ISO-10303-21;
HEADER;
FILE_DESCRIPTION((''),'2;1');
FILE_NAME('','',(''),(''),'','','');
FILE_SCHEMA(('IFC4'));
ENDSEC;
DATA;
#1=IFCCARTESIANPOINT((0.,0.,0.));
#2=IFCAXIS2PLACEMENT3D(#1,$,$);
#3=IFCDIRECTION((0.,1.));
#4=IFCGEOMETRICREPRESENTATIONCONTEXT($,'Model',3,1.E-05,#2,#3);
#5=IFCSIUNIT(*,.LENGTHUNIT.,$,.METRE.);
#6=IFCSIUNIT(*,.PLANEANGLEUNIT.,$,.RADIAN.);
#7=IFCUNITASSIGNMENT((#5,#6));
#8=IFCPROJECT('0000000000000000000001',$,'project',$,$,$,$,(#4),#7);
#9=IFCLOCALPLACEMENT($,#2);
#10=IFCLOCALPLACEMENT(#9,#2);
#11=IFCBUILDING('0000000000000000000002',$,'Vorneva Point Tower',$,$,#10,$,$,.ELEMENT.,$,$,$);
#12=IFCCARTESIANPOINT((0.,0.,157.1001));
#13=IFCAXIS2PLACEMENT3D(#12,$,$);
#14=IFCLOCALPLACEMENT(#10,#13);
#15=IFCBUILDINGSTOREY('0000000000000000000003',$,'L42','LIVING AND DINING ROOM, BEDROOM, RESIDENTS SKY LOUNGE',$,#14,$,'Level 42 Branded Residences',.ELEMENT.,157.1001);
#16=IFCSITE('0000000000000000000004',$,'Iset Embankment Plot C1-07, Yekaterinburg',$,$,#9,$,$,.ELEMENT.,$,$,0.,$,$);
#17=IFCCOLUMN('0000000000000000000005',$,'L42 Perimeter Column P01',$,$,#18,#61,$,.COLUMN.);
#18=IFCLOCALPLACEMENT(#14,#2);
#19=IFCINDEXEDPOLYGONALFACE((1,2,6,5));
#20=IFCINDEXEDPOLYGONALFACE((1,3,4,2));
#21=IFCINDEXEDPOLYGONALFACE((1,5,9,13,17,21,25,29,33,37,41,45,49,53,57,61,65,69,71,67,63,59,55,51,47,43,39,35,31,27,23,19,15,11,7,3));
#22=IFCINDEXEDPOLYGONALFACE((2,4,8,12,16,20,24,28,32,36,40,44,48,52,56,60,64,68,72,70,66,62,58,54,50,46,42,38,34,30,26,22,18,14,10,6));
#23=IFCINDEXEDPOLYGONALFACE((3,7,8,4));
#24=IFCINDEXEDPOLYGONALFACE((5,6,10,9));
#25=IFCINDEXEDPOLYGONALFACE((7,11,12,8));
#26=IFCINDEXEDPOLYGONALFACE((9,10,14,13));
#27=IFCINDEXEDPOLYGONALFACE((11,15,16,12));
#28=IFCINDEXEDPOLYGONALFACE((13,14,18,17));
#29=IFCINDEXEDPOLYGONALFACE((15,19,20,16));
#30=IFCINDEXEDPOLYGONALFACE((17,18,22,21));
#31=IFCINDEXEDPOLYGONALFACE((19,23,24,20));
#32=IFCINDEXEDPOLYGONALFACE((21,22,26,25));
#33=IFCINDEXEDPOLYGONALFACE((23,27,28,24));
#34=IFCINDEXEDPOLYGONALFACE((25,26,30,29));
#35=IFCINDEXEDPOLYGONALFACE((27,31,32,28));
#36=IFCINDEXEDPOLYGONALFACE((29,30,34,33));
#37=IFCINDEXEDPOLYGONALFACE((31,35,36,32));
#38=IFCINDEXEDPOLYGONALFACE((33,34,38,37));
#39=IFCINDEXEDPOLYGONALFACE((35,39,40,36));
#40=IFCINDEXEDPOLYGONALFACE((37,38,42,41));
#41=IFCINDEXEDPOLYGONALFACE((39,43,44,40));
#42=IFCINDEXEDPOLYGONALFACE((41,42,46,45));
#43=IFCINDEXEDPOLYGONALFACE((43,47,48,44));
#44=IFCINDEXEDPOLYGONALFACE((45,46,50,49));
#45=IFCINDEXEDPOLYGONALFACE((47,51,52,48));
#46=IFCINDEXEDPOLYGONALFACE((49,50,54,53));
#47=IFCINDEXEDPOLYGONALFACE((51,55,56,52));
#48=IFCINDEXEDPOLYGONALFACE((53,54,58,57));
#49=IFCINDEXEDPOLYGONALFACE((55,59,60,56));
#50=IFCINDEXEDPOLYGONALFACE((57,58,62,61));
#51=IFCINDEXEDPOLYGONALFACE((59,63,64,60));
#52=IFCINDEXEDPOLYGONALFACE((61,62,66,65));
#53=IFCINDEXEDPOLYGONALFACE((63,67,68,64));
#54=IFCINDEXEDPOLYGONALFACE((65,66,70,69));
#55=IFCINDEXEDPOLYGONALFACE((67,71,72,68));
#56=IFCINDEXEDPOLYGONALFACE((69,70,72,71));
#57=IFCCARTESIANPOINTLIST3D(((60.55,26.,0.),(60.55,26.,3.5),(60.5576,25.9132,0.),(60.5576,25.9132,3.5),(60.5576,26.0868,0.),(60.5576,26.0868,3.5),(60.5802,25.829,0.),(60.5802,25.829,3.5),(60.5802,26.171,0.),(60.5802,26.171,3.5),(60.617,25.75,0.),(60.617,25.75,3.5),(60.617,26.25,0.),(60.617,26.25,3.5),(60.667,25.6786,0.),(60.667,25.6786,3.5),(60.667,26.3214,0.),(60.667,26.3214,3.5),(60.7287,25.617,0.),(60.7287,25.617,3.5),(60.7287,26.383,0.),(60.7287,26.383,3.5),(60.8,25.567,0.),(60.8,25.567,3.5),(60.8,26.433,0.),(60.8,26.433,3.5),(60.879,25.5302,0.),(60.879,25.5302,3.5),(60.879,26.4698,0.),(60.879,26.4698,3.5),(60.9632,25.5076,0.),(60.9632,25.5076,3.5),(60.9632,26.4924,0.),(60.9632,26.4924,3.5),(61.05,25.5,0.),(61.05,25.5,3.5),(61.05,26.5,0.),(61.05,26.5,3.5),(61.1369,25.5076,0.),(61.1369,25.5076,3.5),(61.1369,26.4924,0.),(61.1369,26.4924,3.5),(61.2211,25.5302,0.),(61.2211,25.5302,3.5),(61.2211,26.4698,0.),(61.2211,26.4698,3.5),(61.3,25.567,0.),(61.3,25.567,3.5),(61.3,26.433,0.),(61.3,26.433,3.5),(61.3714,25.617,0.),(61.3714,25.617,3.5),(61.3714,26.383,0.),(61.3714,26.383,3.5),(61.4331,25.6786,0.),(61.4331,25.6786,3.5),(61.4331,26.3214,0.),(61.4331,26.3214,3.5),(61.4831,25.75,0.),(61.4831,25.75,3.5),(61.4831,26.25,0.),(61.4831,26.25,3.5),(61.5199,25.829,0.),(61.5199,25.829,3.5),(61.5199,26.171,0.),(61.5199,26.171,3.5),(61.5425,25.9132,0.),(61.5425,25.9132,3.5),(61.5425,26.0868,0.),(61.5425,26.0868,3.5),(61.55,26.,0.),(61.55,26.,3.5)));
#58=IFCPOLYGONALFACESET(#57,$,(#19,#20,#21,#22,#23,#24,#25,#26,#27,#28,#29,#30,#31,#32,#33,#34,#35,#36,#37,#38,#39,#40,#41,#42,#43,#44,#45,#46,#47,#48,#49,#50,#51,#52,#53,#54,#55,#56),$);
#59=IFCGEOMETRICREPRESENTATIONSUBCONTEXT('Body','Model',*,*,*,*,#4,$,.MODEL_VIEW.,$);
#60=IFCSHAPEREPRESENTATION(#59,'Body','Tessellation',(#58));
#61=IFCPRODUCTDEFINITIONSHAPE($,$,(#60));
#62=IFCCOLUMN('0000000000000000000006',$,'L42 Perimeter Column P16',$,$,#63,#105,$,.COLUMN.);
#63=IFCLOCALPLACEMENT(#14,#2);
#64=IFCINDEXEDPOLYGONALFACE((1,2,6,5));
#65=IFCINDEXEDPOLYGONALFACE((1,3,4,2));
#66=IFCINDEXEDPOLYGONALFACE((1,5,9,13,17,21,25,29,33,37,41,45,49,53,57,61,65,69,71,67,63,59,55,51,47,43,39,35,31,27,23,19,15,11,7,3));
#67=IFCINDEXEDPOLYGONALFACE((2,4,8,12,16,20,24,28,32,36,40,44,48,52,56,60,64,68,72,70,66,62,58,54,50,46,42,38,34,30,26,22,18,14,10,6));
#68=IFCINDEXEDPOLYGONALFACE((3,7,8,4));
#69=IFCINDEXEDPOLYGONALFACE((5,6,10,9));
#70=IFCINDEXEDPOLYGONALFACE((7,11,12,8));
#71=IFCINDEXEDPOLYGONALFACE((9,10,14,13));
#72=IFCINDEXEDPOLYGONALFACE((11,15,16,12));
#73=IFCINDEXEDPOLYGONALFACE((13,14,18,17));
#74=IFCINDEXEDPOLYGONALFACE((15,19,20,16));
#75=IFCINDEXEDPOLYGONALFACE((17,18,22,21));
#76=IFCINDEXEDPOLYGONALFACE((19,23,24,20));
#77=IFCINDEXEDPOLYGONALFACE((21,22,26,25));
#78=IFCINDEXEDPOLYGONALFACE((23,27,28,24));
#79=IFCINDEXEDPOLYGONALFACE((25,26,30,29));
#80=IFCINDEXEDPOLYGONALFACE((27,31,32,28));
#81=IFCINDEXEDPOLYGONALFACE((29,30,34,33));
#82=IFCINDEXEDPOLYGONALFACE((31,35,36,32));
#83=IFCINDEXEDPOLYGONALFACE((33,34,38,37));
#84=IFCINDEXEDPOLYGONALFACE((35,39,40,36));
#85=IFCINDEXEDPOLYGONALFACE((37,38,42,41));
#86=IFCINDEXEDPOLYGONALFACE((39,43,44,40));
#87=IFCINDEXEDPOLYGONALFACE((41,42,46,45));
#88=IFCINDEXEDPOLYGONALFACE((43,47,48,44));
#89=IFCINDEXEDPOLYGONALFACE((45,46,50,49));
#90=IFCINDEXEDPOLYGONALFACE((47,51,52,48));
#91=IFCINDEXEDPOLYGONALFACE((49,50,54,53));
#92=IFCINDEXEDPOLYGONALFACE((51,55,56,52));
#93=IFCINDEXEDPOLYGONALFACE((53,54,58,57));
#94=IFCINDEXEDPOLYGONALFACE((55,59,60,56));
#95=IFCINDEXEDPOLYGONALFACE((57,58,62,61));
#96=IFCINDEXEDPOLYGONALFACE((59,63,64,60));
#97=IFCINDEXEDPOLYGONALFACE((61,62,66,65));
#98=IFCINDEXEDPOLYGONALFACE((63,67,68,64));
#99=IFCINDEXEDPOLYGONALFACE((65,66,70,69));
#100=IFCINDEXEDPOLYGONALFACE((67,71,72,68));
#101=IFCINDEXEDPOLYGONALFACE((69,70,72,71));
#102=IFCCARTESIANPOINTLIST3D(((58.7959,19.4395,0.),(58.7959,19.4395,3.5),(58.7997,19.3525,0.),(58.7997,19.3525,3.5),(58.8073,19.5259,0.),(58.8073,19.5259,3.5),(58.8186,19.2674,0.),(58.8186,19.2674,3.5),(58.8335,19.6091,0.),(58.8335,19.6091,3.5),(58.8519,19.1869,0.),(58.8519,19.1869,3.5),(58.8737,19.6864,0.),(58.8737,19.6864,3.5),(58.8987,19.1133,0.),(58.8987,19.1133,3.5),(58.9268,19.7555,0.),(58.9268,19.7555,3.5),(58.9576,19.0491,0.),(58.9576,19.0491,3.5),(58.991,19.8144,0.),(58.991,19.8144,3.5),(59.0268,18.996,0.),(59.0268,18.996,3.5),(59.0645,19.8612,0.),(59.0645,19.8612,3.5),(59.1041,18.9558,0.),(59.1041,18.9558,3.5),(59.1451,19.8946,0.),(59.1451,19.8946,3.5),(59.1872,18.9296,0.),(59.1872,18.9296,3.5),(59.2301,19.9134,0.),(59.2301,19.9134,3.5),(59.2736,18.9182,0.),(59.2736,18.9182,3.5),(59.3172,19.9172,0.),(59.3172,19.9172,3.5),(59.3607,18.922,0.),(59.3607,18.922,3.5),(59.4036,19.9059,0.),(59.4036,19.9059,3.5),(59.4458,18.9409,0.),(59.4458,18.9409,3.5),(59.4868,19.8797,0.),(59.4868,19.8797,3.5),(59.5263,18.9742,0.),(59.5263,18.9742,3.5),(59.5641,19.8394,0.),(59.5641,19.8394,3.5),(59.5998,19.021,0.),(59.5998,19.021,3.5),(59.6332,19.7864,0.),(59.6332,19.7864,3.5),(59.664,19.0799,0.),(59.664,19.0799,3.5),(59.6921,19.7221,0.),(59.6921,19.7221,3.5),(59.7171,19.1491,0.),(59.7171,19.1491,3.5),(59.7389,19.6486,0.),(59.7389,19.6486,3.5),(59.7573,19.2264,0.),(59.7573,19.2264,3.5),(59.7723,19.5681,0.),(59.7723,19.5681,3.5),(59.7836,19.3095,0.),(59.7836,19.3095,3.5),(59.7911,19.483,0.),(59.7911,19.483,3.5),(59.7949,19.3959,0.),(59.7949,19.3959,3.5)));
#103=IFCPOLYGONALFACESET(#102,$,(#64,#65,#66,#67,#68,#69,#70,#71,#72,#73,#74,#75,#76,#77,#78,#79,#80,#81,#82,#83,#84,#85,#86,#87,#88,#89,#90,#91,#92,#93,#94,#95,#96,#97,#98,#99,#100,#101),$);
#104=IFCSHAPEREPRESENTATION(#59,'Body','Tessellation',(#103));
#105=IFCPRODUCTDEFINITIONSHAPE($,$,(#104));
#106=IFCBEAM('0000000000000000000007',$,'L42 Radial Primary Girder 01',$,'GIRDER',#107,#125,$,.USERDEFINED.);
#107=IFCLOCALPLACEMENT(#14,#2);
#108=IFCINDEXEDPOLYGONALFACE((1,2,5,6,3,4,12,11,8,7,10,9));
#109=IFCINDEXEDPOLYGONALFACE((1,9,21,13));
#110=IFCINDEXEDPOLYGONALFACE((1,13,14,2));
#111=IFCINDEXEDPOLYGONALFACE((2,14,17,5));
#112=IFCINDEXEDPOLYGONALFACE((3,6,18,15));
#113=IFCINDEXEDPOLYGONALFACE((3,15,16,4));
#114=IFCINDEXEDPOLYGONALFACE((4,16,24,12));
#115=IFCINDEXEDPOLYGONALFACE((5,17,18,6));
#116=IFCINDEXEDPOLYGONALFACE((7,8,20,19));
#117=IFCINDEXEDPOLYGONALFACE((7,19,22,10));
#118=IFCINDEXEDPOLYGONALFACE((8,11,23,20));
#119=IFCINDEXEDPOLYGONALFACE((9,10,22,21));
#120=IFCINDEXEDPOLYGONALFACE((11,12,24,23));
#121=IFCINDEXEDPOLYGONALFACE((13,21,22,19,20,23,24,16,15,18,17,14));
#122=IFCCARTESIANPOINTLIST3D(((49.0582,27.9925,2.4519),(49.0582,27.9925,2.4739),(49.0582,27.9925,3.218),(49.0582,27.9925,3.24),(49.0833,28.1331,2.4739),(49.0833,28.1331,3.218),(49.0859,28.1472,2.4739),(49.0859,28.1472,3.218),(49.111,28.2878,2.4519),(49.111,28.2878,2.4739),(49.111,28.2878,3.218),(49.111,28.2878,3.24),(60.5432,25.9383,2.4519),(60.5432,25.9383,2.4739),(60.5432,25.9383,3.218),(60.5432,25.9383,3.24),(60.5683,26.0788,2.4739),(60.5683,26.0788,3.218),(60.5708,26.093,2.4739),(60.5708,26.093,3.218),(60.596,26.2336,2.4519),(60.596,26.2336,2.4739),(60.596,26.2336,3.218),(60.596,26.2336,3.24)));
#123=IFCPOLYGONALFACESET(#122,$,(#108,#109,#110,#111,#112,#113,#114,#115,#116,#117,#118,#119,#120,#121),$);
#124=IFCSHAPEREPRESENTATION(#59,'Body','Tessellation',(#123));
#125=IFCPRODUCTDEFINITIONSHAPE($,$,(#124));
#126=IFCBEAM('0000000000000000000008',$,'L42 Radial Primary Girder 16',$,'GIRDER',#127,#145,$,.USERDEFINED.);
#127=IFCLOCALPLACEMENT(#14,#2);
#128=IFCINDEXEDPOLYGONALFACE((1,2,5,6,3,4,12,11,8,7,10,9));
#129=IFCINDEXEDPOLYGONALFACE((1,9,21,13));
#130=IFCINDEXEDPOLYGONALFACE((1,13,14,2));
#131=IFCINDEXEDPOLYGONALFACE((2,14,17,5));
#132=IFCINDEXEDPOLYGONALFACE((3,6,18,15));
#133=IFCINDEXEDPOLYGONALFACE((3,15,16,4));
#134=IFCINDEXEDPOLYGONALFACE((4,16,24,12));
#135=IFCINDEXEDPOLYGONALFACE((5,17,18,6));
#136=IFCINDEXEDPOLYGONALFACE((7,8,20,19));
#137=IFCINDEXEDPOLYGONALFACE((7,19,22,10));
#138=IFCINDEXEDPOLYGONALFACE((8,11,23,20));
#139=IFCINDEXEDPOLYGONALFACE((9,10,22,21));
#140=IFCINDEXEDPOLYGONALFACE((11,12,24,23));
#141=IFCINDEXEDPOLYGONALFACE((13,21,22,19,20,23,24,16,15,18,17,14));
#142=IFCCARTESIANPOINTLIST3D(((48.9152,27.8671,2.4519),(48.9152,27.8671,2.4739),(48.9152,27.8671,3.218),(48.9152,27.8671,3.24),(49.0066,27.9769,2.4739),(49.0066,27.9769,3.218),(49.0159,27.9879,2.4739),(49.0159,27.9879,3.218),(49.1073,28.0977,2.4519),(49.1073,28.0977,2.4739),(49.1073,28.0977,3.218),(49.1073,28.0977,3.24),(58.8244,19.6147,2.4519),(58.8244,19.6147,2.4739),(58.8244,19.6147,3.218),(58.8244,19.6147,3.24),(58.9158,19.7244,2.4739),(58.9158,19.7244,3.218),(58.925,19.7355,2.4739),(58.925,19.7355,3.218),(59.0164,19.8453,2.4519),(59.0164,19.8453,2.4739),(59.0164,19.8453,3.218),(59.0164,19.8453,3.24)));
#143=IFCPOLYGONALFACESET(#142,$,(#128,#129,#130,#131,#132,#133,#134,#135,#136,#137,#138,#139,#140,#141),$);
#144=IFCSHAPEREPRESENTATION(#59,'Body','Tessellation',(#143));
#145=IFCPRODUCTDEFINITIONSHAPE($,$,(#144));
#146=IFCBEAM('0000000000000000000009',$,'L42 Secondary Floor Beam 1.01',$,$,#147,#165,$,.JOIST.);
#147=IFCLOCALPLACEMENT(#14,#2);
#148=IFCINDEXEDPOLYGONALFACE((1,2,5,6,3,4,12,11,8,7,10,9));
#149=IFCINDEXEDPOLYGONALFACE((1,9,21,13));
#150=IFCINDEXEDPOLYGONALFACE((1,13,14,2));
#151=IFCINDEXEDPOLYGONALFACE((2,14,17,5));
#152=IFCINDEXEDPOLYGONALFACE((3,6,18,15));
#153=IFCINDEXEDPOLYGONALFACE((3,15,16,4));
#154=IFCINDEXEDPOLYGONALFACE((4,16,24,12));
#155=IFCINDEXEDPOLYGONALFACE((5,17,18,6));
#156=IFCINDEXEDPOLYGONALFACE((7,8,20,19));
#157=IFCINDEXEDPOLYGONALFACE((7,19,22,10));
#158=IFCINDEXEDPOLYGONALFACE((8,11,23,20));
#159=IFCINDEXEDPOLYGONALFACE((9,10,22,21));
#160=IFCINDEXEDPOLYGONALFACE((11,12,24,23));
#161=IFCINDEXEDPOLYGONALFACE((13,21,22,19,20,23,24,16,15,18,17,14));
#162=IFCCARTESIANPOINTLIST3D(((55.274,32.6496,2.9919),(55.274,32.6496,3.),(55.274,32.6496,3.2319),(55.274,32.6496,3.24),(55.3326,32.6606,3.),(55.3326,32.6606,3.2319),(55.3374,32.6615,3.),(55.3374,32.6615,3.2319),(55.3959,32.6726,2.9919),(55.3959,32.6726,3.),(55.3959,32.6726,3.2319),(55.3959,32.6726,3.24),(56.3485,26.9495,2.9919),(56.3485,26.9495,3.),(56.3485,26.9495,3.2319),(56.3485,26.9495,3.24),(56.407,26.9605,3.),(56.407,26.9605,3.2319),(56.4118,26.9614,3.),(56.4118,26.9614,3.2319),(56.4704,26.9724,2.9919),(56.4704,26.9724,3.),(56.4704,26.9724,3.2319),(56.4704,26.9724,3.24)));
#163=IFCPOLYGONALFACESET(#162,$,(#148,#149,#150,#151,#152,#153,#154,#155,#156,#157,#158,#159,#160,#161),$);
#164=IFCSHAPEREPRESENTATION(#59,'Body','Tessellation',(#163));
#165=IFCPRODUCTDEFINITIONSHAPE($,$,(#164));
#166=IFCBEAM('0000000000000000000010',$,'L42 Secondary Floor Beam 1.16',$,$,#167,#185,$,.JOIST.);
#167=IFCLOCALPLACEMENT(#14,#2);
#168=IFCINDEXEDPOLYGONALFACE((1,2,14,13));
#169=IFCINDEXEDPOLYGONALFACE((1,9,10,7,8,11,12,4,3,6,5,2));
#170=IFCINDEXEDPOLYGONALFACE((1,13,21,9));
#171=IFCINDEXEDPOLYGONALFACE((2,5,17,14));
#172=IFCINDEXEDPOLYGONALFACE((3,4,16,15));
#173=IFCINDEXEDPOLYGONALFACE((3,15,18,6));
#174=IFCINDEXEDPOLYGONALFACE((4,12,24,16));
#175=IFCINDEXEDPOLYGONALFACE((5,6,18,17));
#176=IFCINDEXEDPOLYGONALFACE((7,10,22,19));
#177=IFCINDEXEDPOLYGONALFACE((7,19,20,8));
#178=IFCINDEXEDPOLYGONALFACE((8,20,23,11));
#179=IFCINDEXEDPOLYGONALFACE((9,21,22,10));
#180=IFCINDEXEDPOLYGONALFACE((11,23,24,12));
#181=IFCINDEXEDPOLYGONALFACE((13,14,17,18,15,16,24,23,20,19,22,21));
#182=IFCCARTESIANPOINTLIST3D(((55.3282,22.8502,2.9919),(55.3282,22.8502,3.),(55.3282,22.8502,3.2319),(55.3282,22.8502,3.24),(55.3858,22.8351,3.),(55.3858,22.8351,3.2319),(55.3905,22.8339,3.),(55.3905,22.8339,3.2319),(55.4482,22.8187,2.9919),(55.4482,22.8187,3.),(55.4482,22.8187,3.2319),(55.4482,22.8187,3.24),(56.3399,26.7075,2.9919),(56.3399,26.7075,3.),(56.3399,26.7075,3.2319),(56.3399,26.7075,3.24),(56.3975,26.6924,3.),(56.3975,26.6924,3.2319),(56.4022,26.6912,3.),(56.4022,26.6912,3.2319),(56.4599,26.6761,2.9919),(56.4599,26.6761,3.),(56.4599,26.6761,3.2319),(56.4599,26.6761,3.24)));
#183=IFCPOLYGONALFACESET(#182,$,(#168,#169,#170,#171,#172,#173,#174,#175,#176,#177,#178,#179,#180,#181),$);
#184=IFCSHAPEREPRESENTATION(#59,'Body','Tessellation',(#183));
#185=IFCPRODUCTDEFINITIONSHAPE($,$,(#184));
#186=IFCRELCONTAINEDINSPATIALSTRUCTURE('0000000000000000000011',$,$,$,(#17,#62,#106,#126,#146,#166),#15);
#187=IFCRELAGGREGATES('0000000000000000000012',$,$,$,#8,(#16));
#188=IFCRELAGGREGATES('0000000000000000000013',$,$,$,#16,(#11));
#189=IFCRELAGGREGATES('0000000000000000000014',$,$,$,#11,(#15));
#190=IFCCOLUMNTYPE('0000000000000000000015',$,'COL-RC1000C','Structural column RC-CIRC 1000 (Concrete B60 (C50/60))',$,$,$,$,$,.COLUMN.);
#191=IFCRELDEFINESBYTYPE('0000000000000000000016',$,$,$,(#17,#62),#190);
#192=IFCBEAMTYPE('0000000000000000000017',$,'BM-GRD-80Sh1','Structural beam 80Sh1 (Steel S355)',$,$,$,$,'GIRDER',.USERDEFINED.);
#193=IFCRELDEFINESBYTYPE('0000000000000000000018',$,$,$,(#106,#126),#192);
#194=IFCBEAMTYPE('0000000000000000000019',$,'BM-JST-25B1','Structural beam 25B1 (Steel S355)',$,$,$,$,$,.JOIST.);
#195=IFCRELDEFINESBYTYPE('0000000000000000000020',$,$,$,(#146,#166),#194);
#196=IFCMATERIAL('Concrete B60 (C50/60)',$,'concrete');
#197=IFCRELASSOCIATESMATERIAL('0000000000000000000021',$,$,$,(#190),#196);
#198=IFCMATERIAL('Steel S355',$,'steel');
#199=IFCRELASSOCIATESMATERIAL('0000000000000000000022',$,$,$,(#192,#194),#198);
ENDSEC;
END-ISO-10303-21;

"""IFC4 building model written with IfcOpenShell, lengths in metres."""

from ifc_helpers import new_model, si_unit, direction, frame, origin, origin_2d, place, context, subcontext, project, spatial, circle, i_section, extrude, material, material_profile, profile_set, type_object, element, save


model = new_model("IFC4")

# Units and contexts
model_context = context("Model", 3, precision=1e-05, world=origin(), true_north=direction((0.0, 1.0)))
body_context = subcontext(model_context, "Body", "Model", "MODEL_VIEW")
ifc_project = project(units=[si_unit("LENGTHUNIT", "METRE"), si_unit("PLANEANGLEUNIT", "RADIAN")], contexts=[model_context])

# Site, building, storey
site_placement = place(None, origin())
site = spatial("IfcSite", under=ifc_project, at=site_placement, Name="Iset Embankment Plot C1-07, Yekaterinburg", CompositionType="ELEMENT", RefElevation=0.0)
building_placement = place(site_placement, origin())
building = spatial("IfcBuilding", under=site, at=building_placement, Name="Vorneva Point Tower", CompositionType="ELEMENT")
storey_placement = place(building_placement, frame((0.0, 0.0, 157.1001)))
storey = spatial("IfcBuildingStorey", under=building, at=storey_placement, Name="L42", Description="LIVING AND DINING ROOM, BEDROOM, RESIDENTS SKY LOUNGE", LongName="Level 42 Branded Residences", CompositionType="ELEMENT", Elevation=157.1001)

# Columns
ifc_material_1 = material(Name="Concrete B60 (C50/60)", Category="concrete")
ifc_material_profile_1 = material_profile(ifc_material_1, circle(Radius=0.5, at=origin_2d()), Name="RC-CIRC 1000")
ifc_profile_set_1 = profile_set([ifc_material_profile_1], Name="Concrete B60 (C50/60)")
column_type = type_object("IfcColumnType", Name="COL-RC1000C", Description="Structural column RC-CIRC 1000 (Concrete B60 (C50/60))", PredefinedType="COLUMN", material=ifc_profile_set_1)
for number, where, z_axis, x_axis, name in (
    (1, (61.05, 26.0, 0.0), (0.0, 0.0, 1.0), (1.0, 0.0, 0.0), "L42 Perimeter Column P01"),
    (2, (59.2954, 19.4177, 0.0), (0.0, 0.0, 1.0), (0.92388, -0.382683, 0.0), "L42 Perimeter Column P16"),
):
    element("IfcColumn", number, at=place(storey_placement, frame(where, z_axis=z_axis, x_axis=x_axis)), inside=storey, type_object=column_type, Name=name, PredefinedType="COLUMN", context=body_context, shape_type="SweptSolid", body=[
        extrude(circle(Radius=0.5, at=origin_2d()), origin(), (0.0, 0.0, 1.0), 3.5),
    ])

# Beams
ifc_material_2 = material(Name="Steel S355", Category="steel")
ifc_material_profile_2 = material_profile(ifc_material_2, i_section(OverallWidth=0.3, OverallDepth=0.7881, WebThickness=0.0144, FlangeThickness=0.022, at=origin_2d()), Name="80Sh1")
ifc_profile_set_2 = profile_set([ifc_material_profile_2], Name="Steel S355")
beam_type_1 = type_object("IfcBeamType", Name="BM-GRD-80Sh1", Description="Structural beam 80Sh1 (Steel S355)", ElementType="GIRDER", PredefinedType="USERDEFINED", material=ifc_profile_set_2)
beam_1_placement = place(storey_placement, frame((60.5696, 26.0859, 2.8459), z_axis=(-0.984378, 0.176067, 0.0), x_axis=(-0.176067, -0.984378, 0.0)))
element("IfcBeam", 3, at=beam_1_placement, inside=storey, type_object=beam_type_1, Name="L42 Radial Primary Girder 01", ObjectType="GIRDER", PredefinedType="USERDEFINED", context=body_context, shape_type="SweptSolid", body=[
    extrude(i_section(OverallWidth=0.3, OverallDepth=0.7881, WebThickness=0.0144, FlangeThickness=0.022, at=origin_2d()), origin(), (0.0, 0.0, 1.0), 11.6672),
])
beam_2_placement = place(storey_placement, frame((58.9204, 19.73, 2.8459), z_axis=(-0.76842, 0.639946, 0.0), x_axis=(-0.639946, -0.76842, 0.0)))
element("IfcBeam", 4, at=beam_2_placement, inside=storey, type_object=beam_type_1, Name="L42 Radial Primary Girder 16", ObjectType="GIRDER", PredefinedType="USERDEFINED", context=body_context, shape_type="SweptSolid", body=[
    extrude(i_section(OverallWidth=0.3, OverallDepth=0.7881, WebThickness=0.0144, FlangeThickness=0.022, at=origin_2d()), origin(), (0.0, 0.0, 1.0), 12.8955),
])
ifc_material_profile_3 = material_profile(ifc_material_2, i_section(OverallWidth=0.124, OverallDepth=0.248, WebThickness=0.0049, FlangeThickness=0.0081, at=origin_2d()), Name="25B1")
ifc_profile_set_3 = profile_set([ifc_material_profile_3], Name="Steel S355")
beam_type_2 = type_object("IfcBeamType", Name="BM-JST-25B1", Description="Structural beam 25B1 (Steel S355)", PredefinedType="JOIST", material=ifc_profile_set_3)
beam_3_placement = place(storey_placement, frame((56.4094, 26.9609, 3.116), z_axis=(-0.185234, 0.982694, 0.0), x_axis=(-0.982694, -0.185234, 0.0)))
element("IfcBeam", 5, at=beam_3_placement, inside=storey, type_object=beam_type_2, Name="L42 Secondary Floor Beam 1.01", PredefinedType="JOIST", context=body_context, shape_type="SweptSolid", body=[
    extrude(i_section(OverallWidth=0.124, OverallDepth=0.248, WebThickness=0.0049, FlangeThickness=0.0081, at=origin_2d()), origin(), (0.0, 0.0, 1.0), 5.8005),
])
beam_4_placement = place(storey_placement, frame((55.3882, 22.8345, 3.116), z_axis=(0.253698, 0.967284, 0.0), x_axis=(-0.967284, 0.253698, 0.0)))
element("IfcBeam", 6, at=beam_4_placement, inside=storey, type_object=beam_type_2, Name="L42 Secondary Floor Beam 1.16", PredefinedType="JOIST", context=body_context, shape_type="SweptSolid", body=[
    extrude(i_section(OverallWidth=0.124, OverallDepth=0.248, WebThickness=0.0049, FlangeThickness=0.0081, at=origin_2d()), origin(), (0.0, 0.0, 1.0), 3.9878),
])

save(model, "model.ifc")
